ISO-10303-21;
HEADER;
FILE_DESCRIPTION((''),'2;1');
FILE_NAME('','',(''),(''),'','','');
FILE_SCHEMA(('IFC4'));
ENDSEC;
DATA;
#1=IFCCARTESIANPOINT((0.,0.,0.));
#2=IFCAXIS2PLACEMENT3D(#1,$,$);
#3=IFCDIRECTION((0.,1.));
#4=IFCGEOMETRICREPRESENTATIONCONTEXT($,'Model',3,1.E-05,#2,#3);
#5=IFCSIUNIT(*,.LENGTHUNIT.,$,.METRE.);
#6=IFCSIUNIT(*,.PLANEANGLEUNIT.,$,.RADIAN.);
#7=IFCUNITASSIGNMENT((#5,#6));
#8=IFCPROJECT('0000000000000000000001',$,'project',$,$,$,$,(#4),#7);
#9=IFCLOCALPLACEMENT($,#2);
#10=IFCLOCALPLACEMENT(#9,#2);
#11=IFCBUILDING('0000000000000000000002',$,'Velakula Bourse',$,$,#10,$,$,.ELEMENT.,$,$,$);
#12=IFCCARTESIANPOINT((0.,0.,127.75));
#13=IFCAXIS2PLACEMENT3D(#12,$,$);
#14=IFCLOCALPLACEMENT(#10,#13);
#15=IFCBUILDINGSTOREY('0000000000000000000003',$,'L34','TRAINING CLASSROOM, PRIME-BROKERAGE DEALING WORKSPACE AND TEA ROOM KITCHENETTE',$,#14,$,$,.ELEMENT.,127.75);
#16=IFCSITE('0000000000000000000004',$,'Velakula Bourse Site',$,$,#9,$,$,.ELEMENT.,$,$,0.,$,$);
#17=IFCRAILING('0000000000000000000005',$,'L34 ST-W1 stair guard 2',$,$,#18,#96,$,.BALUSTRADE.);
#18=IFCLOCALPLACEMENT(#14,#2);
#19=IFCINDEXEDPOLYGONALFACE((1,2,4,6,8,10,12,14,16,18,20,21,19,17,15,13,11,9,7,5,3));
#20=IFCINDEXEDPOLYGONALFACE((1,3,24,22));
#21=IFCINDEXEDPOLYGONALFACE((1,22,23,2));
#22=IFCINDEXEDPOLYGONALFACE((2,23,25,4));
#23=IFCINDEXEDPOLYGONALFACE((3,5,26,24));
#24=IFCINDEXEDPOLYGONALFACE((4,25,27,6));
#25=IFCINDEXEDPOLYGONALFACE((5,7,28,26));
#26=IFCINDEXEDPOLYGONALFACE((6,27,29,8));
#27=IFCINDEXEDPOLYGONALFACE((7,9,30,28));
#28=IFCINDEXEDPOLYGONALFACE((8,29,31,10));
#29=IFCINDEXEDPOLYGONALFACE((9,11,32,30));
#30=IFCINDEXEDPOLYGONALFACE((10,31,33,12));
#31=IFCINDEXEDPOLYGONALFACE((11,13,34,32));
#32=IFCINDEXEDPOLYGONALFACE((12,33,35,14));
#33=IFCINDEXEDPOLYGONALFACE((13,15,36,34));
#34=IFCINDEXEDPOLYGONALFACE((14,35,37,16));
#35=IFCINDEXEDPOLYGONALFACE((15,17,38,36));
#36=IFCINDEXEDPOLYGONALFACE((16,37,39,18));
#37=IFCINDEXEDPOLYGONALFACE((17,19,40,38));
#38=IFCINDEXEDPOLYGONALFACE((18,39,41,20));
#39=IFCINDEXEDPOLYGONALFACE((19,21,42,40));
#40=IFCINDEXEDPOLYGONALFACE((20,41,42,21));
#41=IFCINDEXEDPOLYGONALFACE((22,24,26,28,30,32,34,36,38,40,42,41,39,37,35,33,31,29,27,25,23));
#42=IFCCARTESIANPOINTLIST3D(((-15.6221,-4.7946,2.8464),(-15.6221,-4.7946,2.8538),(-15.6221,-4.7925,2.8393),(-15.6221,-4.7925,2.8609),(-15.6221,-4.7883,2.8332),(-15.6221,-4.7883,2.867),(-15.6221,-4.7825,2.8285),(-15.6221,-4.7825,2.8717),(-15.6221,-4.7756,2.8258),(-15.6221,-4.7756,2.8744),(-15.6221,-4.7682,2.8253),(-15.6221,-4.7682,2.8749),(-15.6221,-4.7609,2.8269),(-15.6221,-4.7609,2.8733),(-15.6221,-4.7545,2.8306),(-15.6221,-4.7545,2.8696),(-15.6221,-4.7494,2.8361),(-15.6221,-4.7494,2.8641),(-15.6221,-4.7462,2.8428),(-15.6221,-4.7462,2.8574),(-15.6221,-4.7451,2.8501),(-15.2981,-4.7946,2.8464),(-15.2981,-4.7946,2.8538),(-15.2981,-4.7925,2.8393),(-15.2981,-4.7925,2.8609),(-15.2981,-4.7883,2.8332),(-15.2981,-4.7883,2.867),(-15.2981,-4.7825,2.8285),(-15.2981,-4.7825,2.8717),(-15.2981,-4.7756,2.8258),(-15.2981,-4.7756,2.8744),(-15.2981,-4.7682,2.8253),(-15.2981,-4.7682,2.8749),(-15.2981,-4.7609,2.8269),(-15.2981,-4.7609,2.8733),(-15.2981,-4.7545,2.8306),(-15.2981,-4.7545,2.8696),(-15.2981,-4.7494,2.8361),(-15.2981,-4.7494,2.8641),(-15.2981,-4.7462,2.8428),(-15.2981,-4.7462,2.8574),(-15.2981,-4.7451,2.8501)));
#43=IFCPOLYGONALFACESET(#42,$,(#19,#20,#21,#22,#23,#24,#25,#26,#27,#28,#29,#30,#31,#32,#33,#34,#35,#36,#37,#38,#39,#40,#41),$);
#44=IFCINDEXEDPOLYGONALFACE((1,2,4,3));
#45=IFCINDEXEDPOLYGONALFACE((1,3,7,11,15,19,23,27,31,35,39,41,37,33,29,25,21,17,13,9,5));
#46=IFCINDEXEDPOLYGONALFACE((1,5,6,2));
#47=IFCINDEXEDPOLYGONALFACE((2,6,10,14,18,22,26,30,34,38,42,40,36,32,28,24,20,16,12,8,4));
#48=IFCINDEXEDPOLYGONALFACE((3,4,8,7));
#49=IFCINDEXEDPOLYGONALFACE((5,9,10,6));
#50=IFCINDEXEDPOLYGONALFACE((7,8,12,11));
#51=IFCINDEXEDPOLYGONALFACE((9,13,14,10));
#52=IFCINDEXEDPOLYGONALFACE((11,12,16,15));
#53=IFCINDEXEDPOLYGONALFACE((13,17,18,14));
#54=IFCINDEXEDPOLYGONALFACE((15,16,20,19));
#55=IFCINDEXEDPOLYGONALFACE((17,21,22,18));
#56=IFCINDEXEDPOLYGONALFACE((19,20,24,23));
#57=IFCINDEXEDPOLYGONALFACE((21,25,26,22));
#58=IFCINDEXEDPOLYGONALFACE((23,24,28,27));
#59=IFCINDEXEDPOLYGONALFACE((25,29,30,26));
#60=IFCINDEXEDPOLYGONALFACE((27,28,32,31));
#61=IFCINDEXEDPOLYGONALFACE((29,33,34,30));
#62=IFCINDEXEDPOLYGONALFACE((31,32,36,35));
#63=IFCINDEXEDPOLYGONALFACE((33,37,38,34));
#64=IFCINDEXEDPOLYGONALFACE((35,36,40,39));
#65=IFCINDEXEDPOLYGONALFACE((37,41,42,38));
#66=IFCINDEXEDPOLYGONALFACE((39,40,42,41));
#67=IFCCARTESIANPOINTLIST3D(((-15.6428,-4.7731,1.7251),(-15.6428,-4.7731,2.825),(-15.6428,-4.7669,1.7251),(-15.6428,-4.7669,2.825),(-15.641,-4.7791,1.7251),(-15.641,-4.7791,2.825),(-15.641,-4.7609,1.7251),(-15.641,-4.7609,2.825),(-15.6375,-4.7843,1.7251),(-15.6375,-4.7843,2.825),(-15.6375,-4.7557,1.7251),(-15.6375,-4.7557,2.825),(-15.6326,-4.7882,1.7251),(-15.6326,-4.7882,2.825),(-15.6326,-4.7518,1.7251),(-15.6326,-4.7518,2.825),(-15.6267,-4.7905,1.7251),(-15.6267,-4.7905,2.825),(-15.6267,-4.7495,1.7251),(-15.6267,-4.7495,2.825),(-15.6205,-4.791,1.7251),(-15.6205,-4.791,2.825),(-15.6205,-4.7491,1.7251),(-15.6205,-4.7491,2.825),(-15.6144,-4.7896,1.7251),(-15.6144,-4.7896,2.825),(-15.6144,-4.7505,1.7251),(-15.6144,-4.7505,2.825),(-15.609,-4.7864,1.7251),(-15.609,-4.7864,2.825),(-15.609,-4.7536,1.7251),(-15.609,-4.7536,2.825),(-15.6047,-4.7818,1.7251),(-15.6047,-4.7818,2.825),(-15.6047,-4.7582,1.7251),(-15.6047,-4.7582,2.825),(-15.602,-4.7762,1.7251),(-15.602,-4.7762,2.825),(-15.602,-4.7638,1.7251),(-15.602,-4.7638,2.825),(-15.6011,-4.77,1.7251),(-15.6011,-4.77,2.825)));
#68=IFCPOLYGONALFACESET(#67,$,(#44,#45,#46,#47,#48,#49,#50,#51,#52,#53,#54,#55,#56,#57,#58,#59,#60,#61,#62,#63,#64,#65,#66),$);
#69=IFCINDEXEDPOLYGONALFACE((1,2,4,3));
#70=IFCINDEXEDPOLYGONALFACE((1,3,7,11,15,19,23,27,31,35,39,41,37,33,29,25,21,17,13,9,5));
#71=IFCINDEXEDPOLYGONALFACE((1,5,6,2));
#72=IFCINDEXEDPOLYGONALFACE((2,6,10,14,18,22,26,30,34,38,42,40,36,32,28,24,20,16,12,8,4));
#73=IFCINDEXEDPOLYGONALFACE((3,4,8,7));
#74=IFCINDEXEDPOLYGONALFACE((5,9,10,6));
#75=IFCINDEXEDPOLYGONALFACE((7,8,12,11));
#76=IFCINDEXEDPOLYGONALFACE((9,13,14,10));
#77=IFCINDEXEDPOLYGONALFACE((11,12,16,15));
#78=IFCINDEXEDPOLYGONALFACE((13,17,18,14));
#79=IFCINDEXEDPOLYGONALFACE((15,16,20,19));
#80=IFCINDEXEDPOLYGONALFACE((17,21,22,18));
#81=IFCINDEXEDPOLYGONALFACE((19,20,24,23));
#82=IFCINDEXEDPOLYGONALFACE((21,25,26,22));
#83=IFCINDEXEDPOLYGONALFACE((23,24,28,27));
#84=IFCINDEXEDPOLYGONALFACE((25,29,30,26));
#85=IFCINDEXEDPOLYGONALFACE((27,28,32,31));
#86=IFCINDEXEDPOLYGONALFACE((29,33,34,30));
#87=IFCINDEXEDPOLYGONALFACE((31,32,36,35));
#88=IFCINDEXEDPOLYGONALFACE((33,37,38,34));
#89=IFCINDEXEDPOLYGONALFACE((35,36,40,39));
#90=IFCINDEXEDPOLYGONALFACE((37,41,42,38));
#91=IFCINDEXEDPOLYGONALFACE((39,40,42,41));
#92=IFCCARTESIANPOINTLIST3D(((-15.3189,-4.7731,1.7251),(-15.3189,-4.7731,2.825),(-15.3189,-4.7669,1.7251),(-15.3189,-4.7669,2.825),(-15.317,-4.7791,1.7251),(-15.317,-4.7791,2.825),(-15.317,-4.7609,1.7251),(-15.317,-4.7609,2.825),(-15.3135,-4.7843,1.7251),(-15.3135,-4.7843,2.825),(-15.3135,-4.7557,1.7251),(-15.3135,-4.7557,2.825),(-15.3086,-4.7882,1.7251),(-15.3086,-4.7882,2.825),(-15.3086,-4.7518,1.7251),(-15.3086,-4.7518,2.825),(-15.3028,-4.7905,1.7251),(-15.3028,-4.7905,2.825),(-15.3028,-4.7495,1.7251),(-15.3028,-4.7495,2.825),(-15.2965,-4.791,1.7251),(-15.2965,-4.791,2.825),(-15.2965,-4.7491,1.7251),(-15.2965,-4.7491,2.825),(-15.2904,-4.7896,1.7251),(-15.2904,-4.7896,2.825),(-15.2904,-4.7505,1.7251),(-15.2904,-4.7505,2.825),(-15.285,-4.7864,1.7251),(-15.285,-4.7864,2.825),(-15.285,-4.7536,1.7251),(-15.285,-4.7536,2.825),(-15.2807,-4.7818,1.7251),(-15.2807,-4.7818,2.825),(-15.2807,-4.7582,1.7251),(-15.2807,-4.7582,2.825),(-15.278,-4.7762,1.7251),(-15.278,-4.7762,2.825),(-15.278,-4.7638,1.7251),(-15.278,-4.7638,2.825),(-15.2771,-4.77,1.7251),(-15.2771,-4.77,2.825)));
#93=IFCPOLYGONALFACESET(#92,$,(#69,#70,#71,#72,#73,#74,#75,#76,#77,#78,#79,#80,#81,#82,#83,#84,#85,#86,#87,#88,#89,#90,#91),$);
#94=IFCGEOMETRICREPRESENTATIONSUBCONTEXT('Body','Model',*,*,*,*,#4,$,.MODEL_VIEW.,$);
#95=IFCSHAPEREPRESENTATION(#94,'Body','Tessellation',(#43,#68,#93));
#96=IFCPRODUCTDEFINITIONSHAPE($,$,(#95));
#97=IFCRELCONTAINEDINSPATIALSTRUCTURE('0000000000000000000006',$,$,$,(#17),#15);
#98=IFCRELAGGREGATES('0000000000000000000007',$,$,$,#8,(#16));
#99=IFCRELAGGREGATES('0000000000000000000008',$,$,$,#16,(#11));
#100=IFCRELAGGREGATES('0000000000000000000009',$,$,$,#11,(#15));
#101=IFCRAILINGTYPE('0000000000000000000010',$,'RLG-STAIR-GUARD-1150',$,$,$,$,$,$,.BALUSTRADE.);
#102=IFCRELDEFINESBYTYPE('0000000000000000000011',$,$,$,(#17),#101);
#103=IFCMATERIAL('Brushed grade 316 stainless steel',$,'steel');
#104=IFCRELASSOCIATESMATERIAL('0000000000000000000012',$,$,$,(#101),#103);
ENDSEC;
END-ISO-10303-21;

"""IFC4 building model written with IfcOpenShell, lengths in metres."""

from ifc_helpers import new_model, si_unit, direction, frame, origin, origin_2d, place, context, subcontext, project, spatial, circle, extrude, material, type_object, element, save


model = new_model("IFC4")

# Units and contexts
model_context = context("Model", 3, precision=1e-05, world=origin(), true_north=direction((0.0, 1.0)))
body_context = subcontext(model_context, "Body", "Model", "MODEL_VIEW")
ifc_project = project(units=[si_unit("LENGTHUNIT", "METRE"), si_unit("PLANEANGLEUNIT", "RADIAN")], contexts=[model_context])

# Site, building, storey
site_placement = place(None, origin())
site = spatial("IfcSite", under=ifc_project, at=site_placement, Name="Velakula Bourse Site", CompositionType="ELEMENT", RefElevation=0.0)
building_placement = place(site_placement, origin())
building = spatial("IfcBuilding", under=site, at=building_placement, Name="Velakula Bourse", CompositionType="ELEMENT")
storey_placement = place(building_placement, frame((0.0, 0.0, 127.75)))
storey = spatial("IfcBuildingStorey", under=building, at=storey_placement, Name="L34", Description="TRAINING CLASSROOM, PRIME-BROKERAGE DEALING WORKSPACE AND TEA ROOM KITCHENETTE", CompositionType="ELEMENT", Elevation=127.75)

# Shared definitions
ifc_material_1 = material(Name="Brushed grade 316 stainless steel", Category="steel")

# Railing
railing_type_1 = type_object("IfcRailingType", Name="RLG-STAIR-GUARD-1150", PredefinedType="BALUSTRADE", material=ifc_material_1)
railing_1_placement = place(storey_placement, frame((-15.6221, -4.77, 1.7251)))
element("IfcRailing", 1, at=railing_1_placement, inside=storey, type_object=railing_type_1, Name="L34 ST-W1 stair guard 2", PredefinedType="BALUSTRADE", context=body_context, shape_type="SweptSolid", body=[
    extrude(circle(Radius=0.0249, at=origin_2d()), frame((0.0, 0.0, 1.125), z_axis=(1.0, 0.0, 0.0), x_axis=(0.0, 1.0, 0.0)), (0.0, 0.0, 1.0), 0.324),
    extrude(circle(Radius=0.021, at=origin_2d()), origin(), (0.0, 0.0, 1.0), 1.0999),
    extrude(circle(Radius=0.021, at=origin_2d()), frame((0.324, 0.0, 0.0)), (0.0, 0.0, 1.0), 1.0999),
])

save(model, "model.ifc")
